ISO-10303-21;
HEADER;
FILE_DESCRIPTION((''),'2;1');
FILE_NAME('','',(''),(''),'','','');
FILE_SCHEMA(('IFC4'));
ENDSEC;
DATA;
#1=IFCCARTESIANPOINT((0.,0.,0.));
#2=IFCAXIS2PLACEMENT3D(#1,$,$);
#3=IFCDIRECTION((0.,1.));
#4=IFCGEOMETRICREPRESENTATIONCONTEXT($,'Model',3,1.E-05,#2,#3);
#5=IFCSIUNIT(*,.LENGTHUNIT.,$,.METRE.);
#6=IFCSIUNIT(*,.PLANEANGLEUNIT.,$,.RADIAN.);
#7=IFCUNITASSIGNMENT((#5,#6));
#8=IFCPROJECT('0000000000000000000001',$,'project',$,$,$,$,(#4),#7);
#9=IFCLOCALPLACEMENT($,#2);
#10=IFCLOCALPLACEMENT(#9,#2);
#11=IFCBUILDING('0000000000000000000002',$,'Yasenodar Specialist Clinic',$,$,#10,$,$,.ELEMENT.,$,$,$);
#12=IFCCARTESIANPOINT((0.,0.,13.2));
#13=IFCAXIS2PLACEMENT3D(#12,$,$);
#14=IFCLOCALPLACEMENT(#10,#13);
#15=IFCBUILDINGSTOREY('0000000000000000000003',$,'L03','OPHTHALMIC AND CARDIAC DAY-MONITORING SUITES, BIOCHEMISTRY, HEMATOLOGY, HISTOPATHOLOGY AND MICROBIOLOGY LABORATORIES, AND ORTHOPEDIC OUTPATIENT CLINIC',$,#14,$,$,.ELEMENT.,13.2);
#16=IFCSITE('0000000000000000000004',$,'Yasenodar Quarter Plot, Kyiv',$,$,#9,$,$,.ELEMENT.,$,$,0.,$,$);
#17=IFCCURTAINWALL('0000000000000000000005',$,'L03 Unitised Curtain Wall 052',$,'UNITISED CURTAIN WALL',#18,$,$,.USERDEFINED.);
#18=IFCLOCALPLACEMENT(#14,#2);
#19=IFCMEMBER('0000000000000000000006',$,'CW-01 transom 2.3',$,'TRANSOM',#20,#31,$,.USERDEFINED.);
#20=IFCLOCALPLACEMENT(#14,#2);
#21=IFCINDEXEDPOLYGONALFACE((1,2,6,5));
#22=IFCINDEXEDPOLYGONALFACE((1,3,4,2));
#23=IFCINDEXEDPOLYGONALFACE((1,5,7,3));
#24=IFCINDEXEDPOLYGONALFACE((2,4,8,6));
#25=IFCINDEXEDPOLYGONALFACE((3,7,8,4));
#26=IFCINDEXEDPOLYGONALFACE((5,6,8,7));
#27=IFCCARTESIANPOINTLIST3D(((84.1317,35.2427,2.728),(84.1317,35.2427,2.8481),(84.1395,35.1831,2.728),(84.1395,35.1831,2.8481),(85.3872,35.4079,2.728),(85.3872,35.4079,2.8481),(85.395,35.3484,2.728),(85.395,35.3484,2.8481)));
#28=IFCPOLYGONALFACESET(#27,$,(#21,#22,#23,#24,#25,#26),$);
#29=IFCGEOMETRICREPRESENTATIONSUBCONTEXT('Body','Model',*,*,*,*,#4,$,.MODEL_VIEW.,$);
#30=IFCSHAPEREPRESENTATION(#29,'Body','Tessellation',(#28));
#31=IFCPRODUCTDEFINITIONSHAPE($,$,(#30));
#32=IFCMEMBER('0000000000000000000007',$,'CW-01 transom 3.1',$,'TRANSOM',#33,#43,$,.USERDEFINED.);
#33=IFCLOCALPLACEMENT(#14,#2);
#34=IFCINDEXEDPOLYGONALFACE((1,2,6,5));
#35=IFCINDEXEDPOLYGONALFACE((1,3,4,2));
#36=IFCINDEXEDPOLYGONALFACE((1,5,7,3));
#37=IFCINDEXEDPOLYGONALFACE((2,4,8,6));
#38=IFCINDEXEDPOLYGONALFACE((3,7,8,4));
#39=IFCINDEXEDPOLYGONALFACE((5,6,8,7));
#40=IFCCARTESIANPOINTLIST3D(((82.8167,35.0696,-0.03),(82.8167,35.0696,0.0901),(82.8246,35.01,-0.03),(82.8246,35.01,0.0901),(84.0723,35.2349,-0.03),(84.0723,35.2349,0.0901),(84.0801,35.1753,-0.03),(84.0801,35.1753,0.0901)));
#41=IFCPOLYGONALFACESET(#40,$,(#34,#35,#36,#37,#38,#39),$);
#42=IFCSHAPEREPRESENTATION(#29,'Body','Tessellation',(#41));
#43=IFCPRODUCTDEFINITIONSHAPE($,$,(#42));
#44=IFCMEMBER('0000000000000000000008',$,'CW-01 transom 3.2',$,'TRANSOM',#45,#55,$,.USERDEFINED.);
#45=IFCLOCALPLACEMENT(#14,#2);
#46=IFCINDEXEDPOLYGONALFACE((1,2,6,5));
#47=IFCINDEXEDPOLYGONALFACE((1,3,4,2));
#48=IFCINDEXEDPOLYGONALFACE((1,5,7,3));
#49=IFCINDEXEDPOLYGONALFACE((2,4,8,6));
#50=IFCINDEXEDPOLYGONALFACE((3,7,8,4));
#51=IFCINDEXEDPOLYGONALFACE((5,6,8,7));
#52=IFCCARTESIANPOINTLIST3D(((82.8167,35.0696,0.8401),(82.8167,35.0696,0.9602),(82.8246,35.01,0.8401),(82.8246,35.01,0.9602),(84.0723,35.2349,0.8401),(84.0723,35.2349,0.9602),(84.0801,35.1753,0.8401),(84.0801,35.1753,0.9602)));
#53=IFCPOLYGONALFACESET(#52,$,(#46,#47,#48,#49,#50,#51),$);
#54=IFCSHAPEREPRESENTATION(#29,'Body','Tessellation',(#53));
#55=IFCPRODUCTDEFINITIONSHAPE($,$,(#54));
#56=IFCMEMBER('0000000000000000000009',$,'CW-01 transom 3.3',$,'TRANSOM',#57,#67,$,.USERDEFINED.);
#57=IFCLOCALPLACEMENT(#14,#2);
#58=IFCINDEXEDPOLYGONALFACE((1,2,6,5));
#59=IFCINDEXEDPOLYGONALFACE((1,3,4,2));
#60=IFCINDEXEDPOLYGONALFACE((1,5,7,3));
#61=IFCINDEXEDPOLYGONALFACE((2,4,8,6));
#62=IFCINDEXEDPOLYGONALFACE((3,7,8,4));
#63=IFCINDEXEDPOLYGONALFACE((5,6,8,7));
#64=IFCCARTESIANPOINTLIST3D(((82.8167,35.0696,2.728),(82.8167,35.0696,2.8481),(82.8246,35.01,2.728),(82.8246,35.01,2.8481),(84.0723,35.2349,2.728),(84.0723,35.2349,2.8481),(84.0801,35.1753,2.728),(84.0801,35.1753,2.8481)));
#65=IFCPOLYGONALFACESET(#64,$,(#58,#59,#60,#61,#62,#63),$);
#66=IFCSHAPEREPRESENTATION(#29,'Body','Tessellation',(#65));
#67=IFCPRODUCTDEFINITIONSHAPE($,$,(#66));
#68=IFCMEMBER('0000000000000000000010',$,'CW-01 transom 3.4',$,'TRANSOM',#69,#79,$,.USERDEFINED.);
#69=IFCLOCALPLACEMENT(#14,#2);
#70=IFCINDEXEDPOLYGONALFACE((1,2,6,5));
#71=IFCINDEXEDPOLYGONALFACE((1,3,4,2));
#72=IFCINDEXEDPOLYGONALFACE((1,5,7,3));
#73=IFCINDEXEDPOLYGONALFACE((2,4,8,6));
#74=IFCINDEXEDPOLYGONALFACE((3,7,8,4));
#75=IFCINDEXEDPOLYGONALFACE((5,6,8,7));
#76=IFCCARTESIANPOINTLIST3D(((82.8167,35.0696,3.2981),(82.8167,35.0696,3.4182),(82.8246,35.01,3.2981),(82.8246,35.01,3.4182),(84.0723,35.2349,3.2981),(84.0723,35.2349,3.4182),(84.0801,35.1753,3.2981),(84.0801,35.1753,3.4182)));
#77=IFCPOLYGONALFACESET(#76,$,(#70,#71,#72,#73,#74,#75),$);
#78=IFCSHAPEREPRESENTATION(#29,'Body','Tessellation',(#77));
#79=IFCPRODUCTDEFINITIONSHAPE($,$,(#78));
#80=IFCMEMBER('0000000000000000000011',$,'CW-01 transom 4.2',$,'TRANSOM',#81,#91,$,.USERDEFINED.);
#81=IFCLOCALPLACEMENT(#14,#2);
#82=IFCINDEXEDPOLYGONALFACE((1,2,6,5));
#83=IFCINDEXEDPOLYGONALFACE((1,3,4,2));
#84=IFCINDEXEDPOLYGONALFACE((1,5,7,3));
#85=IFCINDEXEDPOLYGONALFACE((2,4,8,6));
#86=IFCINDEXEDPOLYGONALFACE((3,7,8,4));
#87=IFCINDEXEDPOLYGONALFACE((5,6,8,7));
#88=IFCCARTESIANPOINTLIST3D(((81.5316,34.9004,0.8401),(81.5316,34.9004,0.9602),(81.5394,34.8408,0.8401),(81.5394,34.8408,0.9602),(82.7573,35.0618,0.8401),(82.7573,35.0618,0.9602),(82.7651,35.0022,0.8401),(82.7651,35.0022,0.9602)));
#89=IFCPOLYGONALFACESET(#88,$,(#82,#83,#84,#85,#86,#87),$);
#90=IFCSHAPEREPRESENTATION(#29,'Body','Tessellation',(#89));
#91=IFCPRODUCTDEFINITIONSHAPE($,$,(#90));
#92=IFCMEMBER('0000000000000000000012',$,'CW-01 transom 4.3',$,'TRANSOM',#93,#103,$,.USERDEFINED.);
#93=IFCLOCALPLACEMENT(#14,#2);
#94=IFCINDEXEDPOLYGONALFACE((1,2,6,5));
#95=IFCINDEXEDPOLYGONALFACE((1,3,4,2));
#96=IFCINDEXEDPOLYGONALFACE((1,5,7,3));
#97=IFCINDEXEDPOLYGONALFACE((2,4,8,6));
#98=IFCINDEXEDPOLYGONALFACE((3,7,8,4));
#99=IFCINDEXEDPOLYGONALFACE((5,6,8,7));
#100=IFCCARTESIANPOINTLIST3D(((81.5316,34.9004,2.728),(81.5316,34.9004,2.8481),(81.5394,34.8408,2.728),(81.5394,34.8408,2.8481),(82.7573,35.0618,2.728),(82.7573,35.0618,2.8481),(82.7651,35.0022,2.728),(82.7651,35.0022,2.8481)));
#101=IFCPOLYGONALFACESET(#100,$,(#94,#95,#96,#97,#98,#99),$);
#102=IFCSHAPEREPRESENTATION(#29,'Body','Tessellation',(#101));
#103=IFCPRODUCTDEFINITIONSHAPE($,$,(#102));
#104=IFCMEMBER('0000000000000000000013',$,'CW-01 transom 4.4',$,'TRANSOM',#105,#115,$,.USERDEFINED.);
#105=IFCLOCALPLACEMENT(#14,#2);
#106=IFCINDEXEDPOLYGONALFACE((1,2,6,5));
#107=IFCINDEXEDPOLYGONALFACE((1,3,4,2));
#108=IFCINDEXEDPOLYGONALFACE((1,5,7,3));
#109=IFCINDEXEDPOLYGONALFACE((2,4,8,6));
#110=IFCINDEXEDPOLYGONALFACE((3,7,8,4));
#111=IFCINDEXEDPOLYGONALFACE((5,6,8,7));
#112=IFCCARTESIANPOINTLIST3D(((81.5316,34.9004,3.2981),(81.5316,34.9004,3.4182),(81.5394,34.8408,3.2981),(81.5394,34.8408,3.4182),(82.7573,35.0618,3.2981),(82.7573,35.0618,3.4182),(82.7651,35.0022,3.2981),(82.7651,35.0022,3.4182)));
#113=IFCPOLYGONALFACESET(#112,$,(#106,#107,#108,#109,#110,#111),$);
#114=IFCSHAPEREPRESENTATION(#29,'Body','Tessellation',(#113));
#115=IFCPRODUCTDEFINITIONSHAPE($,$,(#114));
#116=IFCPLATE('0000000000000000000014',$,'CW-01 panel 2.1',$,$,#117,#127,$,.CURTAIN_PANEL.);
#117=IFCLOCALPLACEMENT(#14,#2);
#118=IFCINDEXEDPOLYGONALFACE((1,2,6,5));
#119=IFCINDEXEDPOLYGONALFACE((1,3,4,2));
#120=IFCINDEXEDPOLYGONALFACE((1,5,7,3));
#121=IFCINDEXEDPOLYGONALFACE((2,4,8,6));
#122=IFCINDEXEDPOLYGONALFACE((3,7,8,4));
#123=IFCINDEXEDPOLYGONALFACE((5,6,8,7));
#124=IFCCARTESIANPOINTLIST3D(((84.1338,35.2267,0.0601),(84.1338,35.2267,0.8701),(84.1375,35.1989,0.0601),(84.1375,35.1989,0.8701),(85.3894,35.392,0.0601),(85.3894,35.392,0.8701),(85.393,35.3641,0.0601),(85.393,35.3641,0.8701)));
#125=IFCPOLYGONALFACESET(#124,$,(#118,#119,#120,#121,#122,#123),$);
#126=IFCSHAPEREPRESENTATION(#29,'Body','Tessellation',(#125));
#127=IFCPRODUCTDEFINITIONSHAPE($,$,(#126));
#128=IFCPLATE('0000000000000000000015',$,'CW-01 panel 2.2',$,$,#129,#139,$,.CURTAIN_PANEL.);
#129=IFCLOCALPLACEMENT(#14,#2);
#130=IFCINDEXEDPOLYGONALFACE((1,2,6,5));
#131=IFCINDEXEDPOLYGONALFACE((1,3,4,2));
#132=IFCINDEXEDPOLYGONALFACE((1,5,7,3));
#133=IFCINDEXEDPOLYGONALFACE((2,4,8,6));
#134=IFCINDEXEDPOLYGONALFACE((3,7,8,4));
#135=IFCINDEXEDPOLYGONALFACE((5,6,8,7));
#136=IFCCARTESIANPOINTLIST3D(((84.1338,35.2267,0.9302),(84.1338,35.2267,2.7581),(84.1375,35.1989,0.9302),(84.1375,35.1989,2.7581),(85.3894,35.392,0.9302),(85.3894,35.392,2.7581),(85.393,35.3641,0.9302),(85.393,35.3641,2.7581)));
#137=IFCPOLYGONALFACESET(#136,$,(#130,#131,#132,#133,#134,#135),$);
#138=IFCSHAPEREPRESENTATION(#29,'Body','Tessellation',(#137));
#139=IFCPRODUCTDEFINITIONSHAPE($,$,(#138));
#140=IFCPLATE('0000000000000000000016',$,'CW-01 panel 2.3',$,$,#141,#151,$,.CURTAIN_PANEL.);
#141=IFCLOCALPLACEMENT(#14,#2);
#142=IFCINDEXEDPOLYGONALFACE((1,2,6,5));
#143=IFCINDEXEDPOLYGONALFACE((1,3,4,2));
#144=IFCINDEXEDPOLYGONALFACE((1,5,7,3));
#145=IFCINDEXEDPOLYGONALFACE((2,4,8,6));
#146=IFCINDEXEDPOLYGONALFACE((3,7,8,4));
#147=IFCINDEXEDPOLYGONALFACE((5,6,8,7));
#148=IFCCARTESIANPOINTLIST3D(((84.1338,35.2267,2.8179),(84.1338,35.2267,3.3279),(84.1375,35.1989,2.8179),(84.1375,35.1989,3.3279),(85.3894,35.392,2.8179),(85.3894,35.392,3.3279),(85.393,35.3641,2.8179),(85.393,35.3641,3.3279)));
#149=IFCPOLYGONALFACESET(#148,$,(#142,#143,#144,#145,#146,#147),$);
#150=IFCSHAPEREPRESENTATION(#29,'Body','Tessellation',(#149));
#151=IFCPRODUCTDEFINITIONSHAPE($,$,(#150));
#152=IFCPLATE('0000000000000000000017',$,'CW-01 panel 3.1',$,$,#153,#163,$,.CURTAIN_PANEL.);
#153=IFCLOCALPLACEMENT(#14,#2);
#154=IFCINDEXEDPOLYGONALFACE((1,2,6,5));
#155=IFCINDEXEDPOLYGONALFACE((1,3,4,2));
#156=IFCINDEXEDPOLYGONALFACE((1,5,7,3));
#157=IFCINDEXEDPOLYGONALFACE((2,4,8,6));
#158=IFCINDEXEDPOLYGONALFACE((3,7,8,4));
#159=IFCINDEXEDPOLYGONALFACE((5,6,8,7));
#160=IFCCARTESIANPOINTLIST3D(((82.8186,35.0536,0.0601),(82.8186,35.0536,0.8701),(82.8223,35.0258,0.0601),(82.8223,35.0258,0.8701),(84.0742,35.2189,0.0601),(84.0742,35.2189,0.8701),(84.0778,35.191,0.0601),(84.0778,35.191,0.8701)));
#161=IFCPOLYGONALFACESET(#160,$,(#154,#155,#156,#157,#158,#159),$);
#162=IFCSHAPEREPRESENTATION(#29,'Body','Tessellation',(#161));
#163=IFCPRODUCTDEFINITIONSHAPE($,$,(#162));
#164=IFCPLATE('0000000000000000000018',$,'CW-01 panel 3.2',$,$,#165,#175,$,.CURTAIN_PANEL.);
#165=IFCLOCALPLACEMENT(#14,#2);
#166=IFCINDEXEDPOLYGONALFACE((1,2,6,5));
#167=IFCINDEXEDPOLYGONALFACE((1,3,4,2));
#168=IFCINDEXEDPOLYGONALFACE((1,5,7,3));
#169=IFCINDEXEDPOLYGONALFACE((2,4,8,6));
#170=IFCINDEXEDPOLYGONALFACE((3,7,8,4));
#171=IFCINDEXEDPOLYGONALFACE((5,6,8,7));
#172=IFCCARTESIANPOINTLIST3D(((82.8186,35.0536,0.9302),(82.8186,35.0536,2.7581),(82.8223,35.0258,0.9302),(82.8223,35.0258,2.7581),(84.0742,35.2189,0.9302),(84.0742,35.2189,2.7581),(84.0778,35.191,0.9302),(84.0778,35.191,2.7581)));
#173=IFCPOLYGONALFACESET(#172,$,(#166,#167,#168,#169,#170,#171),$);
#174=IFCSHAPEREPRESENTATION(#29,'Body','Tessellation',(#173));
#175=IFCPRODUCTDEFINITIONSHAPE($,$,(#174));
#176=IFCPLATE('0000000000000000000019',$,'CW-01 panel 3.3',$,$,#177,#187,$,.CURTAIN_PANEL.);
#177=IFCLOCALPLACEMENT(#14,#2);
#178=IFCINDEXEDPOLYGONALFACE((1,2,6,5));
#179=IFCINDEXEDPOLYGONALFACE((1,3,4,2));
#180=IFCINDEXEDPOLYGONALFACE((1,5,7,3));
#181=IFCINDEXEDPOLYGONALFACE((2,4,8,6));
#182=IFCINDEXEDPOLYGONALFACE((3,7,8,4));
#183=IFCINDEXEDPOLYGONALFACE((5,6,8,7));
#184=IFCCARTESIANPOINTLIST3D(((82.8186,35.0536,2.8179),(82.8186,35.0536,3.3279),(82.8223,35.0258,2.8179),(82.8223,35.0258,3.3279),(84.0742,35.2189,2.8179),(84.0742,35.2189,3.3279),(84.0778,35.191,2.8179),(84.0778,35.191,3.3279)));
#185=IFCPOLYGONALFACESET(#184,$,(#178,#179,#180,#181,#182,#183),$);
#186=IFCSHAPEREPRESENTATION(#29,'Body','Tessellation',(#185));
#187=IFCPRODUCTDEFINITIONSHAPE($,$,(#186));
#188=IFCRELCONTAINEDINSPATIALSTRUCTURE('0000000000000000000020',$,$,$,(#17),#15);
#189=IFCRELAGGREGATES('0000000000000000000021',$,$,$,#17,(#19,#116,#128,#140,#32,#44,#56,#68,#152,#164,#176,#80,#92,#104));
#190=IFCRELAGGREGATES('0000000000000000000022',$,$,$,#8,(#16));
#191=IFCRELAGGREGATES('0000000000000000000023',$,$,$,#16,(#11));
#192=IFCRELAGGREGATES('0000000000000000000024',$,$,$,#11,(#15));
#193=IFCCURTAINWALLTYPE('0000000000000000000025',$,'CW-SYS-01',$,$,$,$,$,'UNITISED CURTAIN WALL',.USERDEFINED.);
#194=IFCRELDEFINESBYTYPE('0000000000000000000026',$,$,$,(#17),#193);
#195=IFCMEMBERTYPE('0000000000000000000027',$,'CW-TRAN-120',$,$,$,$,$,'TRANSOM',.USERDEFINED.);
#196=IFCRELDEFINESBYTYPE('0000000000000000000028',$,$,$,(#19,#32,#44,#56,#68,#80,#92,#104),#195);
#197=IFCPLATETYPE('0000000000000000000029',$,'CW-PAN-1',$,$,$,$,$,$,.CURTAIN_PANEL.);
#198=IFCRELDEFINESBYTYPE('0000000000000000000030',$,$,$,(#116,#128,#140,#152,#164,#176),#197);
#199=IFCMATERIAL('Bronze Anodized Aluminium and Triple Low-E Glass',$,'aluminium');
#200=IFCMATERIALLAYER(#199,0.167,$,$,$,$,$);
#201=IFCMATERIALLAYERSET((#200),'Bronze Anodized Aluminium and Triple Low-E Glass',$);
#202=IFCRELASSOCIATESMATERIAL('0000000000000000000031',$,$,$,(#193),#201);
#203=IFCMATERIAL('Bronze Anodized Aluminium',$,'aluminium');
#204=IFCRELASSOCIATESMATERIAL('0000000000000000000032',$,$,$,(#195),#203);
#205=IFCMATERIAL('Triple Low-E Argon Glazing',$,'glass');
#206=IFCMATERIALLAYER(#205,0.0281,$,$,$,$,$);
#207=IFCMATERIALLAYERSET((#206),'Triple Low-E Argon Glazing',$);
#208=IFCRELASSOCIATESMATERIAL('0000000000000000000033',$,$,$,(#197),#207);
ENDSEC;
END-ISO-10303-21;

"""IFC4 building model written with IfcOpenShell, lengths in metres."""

from ifc_helpers import new_model, si_unit, direction, frame, origin, origin_2d, place, context, subcontext, project, spatial, rectangle, extrude, material, layer, layer_set, material_profile, profile_set, type_object, element, aggregate, save


model = new_model("IFC4")

# Units and contexts
model_context = context("Model", 3, precision=1e-05, world=origin(), true_north=direction((0.0, 1.0)))
body_context = subcontext(model_context, "Body", "Model", "MODEL_VIEW")
ifc_project = project(units=[si_unit("LENGTHUNIT", "METRE"), si_unit("PLANEANGLEUNIT", "RADIAN")], contexts=[model_context])

# Site, building, storey
site_placement = place(None, origin())
site = spatial("IfcSite", under=ifc_project, at=site_placement, Name="Yasenodar Quarter Plot, Kyiv", CompositionType="ELEMENT", RefElevation=0.0)
building_placement = place(site_placement, origin())
building = spatial("IfcBuilding", under=site, at=building_placement, Name="Yasenodar Specialist Clinic", CompositionType="ELEMENT")
storey_placement = place(building_placement, frame((0.0, 0.0, 13.2)))
storey = spatial("IfcBuildingStorey", under=building, at=storey_placement, Name="L03", Description="OPHTHALMIC AND CARDIAC DAY-MONITORING SUITES, BIOCHEMISTRY, HEMATOLOGY, HISTOPATHOLOGY AND MICROBIOLOGY LABORATORIES, AND ORTHOPEDIC OUTPATIENT CLINIC", CompositionType="ELEMENT", Elevation=13.2)

# Shared definitions
ifc_material_1 = material(Name="Bronze Anodized Aluminium and Triple Low-E Glass", Category="aluminium")
ifc_layer_1 = layer(ifc_material_1, 0.167)
ifc_layer_set_1 = layer_set([ifc_layer_1], Name="Bronze Anodized Aluminium and Triple Low-E Glass")
curtain_wall_type = type_object("IfcCurtainWallType", Name="CW-SYS-01", ElementType="UNITISED CURTAIN WALL", PredefinedType="USERDEFINED", material=ifc_layer_set_1)
ifc_material_2 = material(Name="Bronze Anodized Aluminium", Category="aluminium")

# Curtain wall
curtain_wall_1_placement = place(storey_placement, origin())
curtain_wall_1 = element("IfcCurtainWall", 1, at=curtain_wall_1_placement, inside=storey, type_object=curtain_wall_type, Name="L03 Unitised Curtain Wall 052", ObjectType="UNITISED CURTAIN WALL", PredefinedType="USERDEFINED")

# Members
ifc_material_profile_1 = material_profile(ifc_material_2, rectangle(XDim=0.0601, YDim=0.1201, at=origin_2d()), Name="CW-TRAN 60x120")
ifc_profile_set_1 = profile_set([ifc_material_profile_1], Name="Bronze Anodized Aluminium")
member_type_1 = type_object("IfcMemberType", Name="CW-TRAN-120", ElementType="TRANSOM", PredefinedType="USERDEFINED", material=ifc_profile_set_1)
member_1_placement = place(storey_placement, frame((85.3911, 35.3782, 2.7881), z_axis=(-0.991447, -0.130509, 0.0), x_axis=(0.130509, -0.991447, 0.0)))
member_1 = element("IfcMember", 2, at=member_1_placement, type_object=member_type_1, Name="CW-01 transom 2.3", ObjectType="TRANSOM", PredefinedType="USERDEFINED", context=body_context, shape_type="SweptSolid", body=[
    extrude(rectangle(XDim=0.0601, YDim=0.1201, at=origin_2d()), origin(), (0.0, 0.0, 1.0), 1.2664),
])
member_2_placement = place(storey_placement, frame((84.0762, 35.2051, 0.03), z_axis=(-0.991447, -0.130509, 0.0), x_axis=(0.130509, -0.991447, 0.0)))
member_2 = element("IfcMember", 3, at=member_2_placement, type_object=member_type_1, Name="CW-01 transom 3.1", ObjectType="TRANSOM", PredefinedType="USERDEFINED", context=body_context, shape_type="SweptSolid", body=[
    extrude(rectangle(XDim=0.0601, YDim=0.1201, at=origin_2d()), origin(), (0.0, 0.0, 1.0), 1.2664),
])
member_3_placement = place(storey_placement, frame((84.0762, 35.2051, 0.9001), z_axis=(-0.991447, -0.130509, 0.0), x_axis=(0.130509, -0.991447, 0.0)))
member_3 = element("IfcMember", 4, at=member_3_placement, type_object=member_type_1, Name="CW-01 transom 3.2", ObjectType="TRANSOM", PredefinedType="USERDEFINED", context=body_context, shape_type="SweptSolid", body=[
    extrude(rectangle(XDim=0.0601, YDim=0.1201, at=origin_2d()), origin(), (0.0, 0.0, 1.0), 1.2664),
])
member_4_placement = place(storey_placement, frame((84.0762, 35.2051, 2.7881), z_axis=(-0.991447, -0.130509, 0.0), x_axis=(0.130509, -0.991447, 0.0)))
member_4 = element("IfcMember", 5, at=member_4_placement, type_object=member_type_1, Name="CW-01 transom 3.3", ObjectType="TRANSOM", PredefinedType="USERDEFINED", context=body_context, shape_type="SweptSolid", body=[
    extrude(rectangle(XDim=0.0601, YDim=0.1201, at=origin_2d()), origin(), (0.0, 0.0, 1.0), 1.2664),
])
member_5_placement = place(storey_placement, frame((84.0762, 35.2051, 3.3582), z_axis=(-0.991447, -0.130509, 0.0), x_axis=(0.130509, -0.991447, 0.0)))
member_5 = element("IfcMember", 6, at=member_5_placement, type_object=member_type_1, Name="CW-01 transom 3.4", ObjectType="TRANSOM", PredefinedType="USERDEFINED", context=body_context, shape_type="SweptSolid", body=[
    extrude(rectangle(XDim=0.0601, YDim=0.1201, at=origin_2d()), origin(), (0.0, 0.0, 1.0), 1.2664),
])
member_6_placement = place(storey_placement, frame((82.7612, 35.032, 0.9001), z_axis=(-0.991446, -0.130521, 0.0), x_axis=(0.130521, -0.991446, 0.0)))
member_6 = element("IfcMember", 7, at=member_6_placement, type_object=member_type_1, Name="CW-01 transom 4.2", ObjectType="TRANSOM", PredefinedType="USERDEFINED", context=body_context, shape_type="SweptSolid", body=[
    extrude(rectangle(XDim=0.0601, YDim=0.1201, at=origin_2d()), origin(), (0.0, 0.0, 1.0), 1.2363),
])
member_7_placement = place(storey_placement, frame((82.7612, 35.032, 2.7881), z_axis=(-0.991446, -0.130521, 0.0), x_axis=(0.130521, -0.991446, 0.0)))
member_7 = element("IfcMember", 8, at=member_7_placement, type_object=member_type_1, Name="CW-01 transom 4.3", ObjectType="TRANSOM", PredefinedType="USERDEFINED", context=body_context, shape_type="SweptSolid", body=[
    extrude(rectangle(XDim=0.0601, YDim=0.1201, at=origin_2d()), origin(), (0.0, 0.0, 1.0), 1.2363),
])
member_8_placement = place(storey_placement, frame((82.7612, 35.032, 3.3582), z_axis=(-0.991446, -0.130521, 0.0), x_axis=(0.130521, -0.991446, 0.0)))
member_8 = element("IfcMember", 9, at=member_8_placement, type_object=member_type_1, Name="CW-01 transom 4.4", ObjectType="TRANSOM", PredefinedType="USERDEFINED", context=body_context, shape_type="SweptSolid", body=[
    extrude(rectangle(XDim=0.0601, YDim=0.1201, at=origin_2d()), origin(), (0.0, 0.0, 1.0), 1.2363),
])

# Plates
ifc_material_3 = material(Name="Triple Low-E Argon Glazing", Category="glass")
ifc_layer_2 = layer(ifc_material_3, 0.0281)
ifc_layer_set_2 = layer_set([ifc_layer_2], Name="Triple Low-E Argon Glazing")
plate_type_1 = type_object("IfcPlateType", Name="CW-PAN-1", PredefinedType="CURTAIN_PANEL", material=ifc_layer_set_2)
plate_1_placement = place(storey_placement, frame((84.7634, 35.2954, 0.0601), z_axis=(0.0, 0.0, 1.0), x_axis=(-0.991447, -0.130512, 0.0)))
plate_1 = element("IfcPlate", 10, at=plate_1_placement, type_object=plate_type_1, Name="CW-01 panel 2.1", PredefinedType="CURTAIN_PANEL", context=body_context, shape_type="SweptSolid", body=[
    extrude(rectangle(XDim=1.2664, YDim=0.0281, at=origin_2d()), origin(), (0.0, 0.0, 1.0), 0.8101),
])
plate_2_placement = place(storey_placement, frame((84.7634, 35.2954, 0.9302), z_axis=(0.0, 0.0, 1.0), x_axis=(-0.991447, -0.130512, 0.0)))
plate_2 = element("IfcPlate", 11, at=plate_2_placement, type_object=plate_type_1, Name="CW-01 panel 2.2", PredefinedType="CURTAIN_PANEL", context=body_context, shape_type="SweptSolid", body=[
    extrude(rectangle(XDim=1.2664, YDim=0.0281, at=origin_2d()), origin(), (0.0, 0.0, 1.0), 1.8279),
])
plate_3_placement = place(storey_placement, frame((84.7634, 35.2954, 2.8179), z_axis=(0.0, 0.0, 1.0), x_axis=(-0.991447, -0.130512, 0.0)))
plate_3 = element("IfcPlate", 12, at=plate_3_placement, type_object=plate_type_1, Name="CW-01 panel 2.3", PredefinedType="CURTAIN_PANEL", context=body_context, shape_type="SweptSolid", body=[
    extrude(rectangle(XDim=1.2664, YDim=0.0281, at=origin_2d()), origin(), (0.0, 0.0, 1.0), 0.51),
])
plate_4_placement = place(storey_placement, frame((83.4482, 35.1223, 0.0601), z_axis=(0.0, 0.0, 1.0), x_axis=(-0.991447, -0.130512, 0.0)))
plate_4 = element("IfcPlate", 13, at=plate_4_placement, type_object=plate_type_1, Name="CW-01 panel 3.1", PredefinedType="CURTAIN_PANEL", context=body_context, shape_type="SweptSolid", body=[
    extrude(rectangle(XDim=1.2664, YDim=0.0281, at=origin_2d()), origin(), (0.0, 0.0, 1.0), 0.8101),
])
plate_5_placement = place(storey_placement, frame((83.4482, 35.1223, 0.9302), z_axis=(0.0, 0.0, 1.0), x_axis=(-0.991447, -0.130512, 0.0)))
plate_5 = element("IfcPlate", 14, at=plate_5_placement, type_object=plate_type_1, Name="CW-01 panel 3.2", PredefinedType="CURTAIN_PANEL", context=body_context, shape_type="SweptSolid", body=[
    extrude(rectangle(XDim=1.2664, YDim=0.0281, at=origin_2d()), origin(), (0.0, 0.0, 1.0), 1.8279),
])
plate_6_placement = place(storey_placement, frame((83.4482, 35.1223, 2.8179), z_axis=(0.0, 0.0, 1.0), x_axis=(-0.991447, -0.130512, 0.0)))
plate_6 = element("IfcPlate", 15, at=plate_6_placement, type_object=plate_type_1, Name="CW-01 panel 3.3", PredefinedType="CURTAIN_PANEL", context=body_context, shape_type="SweptSolid", body=[
    extrude(rectangle(XDim=1.2664, YDim=0.0281, at=origin_2d()), origin(), (0.0, 0.0, 1.0), 0.51),
])
aggregate(curtain_wall_1, [member_1, plate_1, plate_2, plate_3, member_2, member_3, member_4, member_5, plate_4, plate_5, plate_6, member_6, member_7, member_8])

save(model, "model.ifc")
